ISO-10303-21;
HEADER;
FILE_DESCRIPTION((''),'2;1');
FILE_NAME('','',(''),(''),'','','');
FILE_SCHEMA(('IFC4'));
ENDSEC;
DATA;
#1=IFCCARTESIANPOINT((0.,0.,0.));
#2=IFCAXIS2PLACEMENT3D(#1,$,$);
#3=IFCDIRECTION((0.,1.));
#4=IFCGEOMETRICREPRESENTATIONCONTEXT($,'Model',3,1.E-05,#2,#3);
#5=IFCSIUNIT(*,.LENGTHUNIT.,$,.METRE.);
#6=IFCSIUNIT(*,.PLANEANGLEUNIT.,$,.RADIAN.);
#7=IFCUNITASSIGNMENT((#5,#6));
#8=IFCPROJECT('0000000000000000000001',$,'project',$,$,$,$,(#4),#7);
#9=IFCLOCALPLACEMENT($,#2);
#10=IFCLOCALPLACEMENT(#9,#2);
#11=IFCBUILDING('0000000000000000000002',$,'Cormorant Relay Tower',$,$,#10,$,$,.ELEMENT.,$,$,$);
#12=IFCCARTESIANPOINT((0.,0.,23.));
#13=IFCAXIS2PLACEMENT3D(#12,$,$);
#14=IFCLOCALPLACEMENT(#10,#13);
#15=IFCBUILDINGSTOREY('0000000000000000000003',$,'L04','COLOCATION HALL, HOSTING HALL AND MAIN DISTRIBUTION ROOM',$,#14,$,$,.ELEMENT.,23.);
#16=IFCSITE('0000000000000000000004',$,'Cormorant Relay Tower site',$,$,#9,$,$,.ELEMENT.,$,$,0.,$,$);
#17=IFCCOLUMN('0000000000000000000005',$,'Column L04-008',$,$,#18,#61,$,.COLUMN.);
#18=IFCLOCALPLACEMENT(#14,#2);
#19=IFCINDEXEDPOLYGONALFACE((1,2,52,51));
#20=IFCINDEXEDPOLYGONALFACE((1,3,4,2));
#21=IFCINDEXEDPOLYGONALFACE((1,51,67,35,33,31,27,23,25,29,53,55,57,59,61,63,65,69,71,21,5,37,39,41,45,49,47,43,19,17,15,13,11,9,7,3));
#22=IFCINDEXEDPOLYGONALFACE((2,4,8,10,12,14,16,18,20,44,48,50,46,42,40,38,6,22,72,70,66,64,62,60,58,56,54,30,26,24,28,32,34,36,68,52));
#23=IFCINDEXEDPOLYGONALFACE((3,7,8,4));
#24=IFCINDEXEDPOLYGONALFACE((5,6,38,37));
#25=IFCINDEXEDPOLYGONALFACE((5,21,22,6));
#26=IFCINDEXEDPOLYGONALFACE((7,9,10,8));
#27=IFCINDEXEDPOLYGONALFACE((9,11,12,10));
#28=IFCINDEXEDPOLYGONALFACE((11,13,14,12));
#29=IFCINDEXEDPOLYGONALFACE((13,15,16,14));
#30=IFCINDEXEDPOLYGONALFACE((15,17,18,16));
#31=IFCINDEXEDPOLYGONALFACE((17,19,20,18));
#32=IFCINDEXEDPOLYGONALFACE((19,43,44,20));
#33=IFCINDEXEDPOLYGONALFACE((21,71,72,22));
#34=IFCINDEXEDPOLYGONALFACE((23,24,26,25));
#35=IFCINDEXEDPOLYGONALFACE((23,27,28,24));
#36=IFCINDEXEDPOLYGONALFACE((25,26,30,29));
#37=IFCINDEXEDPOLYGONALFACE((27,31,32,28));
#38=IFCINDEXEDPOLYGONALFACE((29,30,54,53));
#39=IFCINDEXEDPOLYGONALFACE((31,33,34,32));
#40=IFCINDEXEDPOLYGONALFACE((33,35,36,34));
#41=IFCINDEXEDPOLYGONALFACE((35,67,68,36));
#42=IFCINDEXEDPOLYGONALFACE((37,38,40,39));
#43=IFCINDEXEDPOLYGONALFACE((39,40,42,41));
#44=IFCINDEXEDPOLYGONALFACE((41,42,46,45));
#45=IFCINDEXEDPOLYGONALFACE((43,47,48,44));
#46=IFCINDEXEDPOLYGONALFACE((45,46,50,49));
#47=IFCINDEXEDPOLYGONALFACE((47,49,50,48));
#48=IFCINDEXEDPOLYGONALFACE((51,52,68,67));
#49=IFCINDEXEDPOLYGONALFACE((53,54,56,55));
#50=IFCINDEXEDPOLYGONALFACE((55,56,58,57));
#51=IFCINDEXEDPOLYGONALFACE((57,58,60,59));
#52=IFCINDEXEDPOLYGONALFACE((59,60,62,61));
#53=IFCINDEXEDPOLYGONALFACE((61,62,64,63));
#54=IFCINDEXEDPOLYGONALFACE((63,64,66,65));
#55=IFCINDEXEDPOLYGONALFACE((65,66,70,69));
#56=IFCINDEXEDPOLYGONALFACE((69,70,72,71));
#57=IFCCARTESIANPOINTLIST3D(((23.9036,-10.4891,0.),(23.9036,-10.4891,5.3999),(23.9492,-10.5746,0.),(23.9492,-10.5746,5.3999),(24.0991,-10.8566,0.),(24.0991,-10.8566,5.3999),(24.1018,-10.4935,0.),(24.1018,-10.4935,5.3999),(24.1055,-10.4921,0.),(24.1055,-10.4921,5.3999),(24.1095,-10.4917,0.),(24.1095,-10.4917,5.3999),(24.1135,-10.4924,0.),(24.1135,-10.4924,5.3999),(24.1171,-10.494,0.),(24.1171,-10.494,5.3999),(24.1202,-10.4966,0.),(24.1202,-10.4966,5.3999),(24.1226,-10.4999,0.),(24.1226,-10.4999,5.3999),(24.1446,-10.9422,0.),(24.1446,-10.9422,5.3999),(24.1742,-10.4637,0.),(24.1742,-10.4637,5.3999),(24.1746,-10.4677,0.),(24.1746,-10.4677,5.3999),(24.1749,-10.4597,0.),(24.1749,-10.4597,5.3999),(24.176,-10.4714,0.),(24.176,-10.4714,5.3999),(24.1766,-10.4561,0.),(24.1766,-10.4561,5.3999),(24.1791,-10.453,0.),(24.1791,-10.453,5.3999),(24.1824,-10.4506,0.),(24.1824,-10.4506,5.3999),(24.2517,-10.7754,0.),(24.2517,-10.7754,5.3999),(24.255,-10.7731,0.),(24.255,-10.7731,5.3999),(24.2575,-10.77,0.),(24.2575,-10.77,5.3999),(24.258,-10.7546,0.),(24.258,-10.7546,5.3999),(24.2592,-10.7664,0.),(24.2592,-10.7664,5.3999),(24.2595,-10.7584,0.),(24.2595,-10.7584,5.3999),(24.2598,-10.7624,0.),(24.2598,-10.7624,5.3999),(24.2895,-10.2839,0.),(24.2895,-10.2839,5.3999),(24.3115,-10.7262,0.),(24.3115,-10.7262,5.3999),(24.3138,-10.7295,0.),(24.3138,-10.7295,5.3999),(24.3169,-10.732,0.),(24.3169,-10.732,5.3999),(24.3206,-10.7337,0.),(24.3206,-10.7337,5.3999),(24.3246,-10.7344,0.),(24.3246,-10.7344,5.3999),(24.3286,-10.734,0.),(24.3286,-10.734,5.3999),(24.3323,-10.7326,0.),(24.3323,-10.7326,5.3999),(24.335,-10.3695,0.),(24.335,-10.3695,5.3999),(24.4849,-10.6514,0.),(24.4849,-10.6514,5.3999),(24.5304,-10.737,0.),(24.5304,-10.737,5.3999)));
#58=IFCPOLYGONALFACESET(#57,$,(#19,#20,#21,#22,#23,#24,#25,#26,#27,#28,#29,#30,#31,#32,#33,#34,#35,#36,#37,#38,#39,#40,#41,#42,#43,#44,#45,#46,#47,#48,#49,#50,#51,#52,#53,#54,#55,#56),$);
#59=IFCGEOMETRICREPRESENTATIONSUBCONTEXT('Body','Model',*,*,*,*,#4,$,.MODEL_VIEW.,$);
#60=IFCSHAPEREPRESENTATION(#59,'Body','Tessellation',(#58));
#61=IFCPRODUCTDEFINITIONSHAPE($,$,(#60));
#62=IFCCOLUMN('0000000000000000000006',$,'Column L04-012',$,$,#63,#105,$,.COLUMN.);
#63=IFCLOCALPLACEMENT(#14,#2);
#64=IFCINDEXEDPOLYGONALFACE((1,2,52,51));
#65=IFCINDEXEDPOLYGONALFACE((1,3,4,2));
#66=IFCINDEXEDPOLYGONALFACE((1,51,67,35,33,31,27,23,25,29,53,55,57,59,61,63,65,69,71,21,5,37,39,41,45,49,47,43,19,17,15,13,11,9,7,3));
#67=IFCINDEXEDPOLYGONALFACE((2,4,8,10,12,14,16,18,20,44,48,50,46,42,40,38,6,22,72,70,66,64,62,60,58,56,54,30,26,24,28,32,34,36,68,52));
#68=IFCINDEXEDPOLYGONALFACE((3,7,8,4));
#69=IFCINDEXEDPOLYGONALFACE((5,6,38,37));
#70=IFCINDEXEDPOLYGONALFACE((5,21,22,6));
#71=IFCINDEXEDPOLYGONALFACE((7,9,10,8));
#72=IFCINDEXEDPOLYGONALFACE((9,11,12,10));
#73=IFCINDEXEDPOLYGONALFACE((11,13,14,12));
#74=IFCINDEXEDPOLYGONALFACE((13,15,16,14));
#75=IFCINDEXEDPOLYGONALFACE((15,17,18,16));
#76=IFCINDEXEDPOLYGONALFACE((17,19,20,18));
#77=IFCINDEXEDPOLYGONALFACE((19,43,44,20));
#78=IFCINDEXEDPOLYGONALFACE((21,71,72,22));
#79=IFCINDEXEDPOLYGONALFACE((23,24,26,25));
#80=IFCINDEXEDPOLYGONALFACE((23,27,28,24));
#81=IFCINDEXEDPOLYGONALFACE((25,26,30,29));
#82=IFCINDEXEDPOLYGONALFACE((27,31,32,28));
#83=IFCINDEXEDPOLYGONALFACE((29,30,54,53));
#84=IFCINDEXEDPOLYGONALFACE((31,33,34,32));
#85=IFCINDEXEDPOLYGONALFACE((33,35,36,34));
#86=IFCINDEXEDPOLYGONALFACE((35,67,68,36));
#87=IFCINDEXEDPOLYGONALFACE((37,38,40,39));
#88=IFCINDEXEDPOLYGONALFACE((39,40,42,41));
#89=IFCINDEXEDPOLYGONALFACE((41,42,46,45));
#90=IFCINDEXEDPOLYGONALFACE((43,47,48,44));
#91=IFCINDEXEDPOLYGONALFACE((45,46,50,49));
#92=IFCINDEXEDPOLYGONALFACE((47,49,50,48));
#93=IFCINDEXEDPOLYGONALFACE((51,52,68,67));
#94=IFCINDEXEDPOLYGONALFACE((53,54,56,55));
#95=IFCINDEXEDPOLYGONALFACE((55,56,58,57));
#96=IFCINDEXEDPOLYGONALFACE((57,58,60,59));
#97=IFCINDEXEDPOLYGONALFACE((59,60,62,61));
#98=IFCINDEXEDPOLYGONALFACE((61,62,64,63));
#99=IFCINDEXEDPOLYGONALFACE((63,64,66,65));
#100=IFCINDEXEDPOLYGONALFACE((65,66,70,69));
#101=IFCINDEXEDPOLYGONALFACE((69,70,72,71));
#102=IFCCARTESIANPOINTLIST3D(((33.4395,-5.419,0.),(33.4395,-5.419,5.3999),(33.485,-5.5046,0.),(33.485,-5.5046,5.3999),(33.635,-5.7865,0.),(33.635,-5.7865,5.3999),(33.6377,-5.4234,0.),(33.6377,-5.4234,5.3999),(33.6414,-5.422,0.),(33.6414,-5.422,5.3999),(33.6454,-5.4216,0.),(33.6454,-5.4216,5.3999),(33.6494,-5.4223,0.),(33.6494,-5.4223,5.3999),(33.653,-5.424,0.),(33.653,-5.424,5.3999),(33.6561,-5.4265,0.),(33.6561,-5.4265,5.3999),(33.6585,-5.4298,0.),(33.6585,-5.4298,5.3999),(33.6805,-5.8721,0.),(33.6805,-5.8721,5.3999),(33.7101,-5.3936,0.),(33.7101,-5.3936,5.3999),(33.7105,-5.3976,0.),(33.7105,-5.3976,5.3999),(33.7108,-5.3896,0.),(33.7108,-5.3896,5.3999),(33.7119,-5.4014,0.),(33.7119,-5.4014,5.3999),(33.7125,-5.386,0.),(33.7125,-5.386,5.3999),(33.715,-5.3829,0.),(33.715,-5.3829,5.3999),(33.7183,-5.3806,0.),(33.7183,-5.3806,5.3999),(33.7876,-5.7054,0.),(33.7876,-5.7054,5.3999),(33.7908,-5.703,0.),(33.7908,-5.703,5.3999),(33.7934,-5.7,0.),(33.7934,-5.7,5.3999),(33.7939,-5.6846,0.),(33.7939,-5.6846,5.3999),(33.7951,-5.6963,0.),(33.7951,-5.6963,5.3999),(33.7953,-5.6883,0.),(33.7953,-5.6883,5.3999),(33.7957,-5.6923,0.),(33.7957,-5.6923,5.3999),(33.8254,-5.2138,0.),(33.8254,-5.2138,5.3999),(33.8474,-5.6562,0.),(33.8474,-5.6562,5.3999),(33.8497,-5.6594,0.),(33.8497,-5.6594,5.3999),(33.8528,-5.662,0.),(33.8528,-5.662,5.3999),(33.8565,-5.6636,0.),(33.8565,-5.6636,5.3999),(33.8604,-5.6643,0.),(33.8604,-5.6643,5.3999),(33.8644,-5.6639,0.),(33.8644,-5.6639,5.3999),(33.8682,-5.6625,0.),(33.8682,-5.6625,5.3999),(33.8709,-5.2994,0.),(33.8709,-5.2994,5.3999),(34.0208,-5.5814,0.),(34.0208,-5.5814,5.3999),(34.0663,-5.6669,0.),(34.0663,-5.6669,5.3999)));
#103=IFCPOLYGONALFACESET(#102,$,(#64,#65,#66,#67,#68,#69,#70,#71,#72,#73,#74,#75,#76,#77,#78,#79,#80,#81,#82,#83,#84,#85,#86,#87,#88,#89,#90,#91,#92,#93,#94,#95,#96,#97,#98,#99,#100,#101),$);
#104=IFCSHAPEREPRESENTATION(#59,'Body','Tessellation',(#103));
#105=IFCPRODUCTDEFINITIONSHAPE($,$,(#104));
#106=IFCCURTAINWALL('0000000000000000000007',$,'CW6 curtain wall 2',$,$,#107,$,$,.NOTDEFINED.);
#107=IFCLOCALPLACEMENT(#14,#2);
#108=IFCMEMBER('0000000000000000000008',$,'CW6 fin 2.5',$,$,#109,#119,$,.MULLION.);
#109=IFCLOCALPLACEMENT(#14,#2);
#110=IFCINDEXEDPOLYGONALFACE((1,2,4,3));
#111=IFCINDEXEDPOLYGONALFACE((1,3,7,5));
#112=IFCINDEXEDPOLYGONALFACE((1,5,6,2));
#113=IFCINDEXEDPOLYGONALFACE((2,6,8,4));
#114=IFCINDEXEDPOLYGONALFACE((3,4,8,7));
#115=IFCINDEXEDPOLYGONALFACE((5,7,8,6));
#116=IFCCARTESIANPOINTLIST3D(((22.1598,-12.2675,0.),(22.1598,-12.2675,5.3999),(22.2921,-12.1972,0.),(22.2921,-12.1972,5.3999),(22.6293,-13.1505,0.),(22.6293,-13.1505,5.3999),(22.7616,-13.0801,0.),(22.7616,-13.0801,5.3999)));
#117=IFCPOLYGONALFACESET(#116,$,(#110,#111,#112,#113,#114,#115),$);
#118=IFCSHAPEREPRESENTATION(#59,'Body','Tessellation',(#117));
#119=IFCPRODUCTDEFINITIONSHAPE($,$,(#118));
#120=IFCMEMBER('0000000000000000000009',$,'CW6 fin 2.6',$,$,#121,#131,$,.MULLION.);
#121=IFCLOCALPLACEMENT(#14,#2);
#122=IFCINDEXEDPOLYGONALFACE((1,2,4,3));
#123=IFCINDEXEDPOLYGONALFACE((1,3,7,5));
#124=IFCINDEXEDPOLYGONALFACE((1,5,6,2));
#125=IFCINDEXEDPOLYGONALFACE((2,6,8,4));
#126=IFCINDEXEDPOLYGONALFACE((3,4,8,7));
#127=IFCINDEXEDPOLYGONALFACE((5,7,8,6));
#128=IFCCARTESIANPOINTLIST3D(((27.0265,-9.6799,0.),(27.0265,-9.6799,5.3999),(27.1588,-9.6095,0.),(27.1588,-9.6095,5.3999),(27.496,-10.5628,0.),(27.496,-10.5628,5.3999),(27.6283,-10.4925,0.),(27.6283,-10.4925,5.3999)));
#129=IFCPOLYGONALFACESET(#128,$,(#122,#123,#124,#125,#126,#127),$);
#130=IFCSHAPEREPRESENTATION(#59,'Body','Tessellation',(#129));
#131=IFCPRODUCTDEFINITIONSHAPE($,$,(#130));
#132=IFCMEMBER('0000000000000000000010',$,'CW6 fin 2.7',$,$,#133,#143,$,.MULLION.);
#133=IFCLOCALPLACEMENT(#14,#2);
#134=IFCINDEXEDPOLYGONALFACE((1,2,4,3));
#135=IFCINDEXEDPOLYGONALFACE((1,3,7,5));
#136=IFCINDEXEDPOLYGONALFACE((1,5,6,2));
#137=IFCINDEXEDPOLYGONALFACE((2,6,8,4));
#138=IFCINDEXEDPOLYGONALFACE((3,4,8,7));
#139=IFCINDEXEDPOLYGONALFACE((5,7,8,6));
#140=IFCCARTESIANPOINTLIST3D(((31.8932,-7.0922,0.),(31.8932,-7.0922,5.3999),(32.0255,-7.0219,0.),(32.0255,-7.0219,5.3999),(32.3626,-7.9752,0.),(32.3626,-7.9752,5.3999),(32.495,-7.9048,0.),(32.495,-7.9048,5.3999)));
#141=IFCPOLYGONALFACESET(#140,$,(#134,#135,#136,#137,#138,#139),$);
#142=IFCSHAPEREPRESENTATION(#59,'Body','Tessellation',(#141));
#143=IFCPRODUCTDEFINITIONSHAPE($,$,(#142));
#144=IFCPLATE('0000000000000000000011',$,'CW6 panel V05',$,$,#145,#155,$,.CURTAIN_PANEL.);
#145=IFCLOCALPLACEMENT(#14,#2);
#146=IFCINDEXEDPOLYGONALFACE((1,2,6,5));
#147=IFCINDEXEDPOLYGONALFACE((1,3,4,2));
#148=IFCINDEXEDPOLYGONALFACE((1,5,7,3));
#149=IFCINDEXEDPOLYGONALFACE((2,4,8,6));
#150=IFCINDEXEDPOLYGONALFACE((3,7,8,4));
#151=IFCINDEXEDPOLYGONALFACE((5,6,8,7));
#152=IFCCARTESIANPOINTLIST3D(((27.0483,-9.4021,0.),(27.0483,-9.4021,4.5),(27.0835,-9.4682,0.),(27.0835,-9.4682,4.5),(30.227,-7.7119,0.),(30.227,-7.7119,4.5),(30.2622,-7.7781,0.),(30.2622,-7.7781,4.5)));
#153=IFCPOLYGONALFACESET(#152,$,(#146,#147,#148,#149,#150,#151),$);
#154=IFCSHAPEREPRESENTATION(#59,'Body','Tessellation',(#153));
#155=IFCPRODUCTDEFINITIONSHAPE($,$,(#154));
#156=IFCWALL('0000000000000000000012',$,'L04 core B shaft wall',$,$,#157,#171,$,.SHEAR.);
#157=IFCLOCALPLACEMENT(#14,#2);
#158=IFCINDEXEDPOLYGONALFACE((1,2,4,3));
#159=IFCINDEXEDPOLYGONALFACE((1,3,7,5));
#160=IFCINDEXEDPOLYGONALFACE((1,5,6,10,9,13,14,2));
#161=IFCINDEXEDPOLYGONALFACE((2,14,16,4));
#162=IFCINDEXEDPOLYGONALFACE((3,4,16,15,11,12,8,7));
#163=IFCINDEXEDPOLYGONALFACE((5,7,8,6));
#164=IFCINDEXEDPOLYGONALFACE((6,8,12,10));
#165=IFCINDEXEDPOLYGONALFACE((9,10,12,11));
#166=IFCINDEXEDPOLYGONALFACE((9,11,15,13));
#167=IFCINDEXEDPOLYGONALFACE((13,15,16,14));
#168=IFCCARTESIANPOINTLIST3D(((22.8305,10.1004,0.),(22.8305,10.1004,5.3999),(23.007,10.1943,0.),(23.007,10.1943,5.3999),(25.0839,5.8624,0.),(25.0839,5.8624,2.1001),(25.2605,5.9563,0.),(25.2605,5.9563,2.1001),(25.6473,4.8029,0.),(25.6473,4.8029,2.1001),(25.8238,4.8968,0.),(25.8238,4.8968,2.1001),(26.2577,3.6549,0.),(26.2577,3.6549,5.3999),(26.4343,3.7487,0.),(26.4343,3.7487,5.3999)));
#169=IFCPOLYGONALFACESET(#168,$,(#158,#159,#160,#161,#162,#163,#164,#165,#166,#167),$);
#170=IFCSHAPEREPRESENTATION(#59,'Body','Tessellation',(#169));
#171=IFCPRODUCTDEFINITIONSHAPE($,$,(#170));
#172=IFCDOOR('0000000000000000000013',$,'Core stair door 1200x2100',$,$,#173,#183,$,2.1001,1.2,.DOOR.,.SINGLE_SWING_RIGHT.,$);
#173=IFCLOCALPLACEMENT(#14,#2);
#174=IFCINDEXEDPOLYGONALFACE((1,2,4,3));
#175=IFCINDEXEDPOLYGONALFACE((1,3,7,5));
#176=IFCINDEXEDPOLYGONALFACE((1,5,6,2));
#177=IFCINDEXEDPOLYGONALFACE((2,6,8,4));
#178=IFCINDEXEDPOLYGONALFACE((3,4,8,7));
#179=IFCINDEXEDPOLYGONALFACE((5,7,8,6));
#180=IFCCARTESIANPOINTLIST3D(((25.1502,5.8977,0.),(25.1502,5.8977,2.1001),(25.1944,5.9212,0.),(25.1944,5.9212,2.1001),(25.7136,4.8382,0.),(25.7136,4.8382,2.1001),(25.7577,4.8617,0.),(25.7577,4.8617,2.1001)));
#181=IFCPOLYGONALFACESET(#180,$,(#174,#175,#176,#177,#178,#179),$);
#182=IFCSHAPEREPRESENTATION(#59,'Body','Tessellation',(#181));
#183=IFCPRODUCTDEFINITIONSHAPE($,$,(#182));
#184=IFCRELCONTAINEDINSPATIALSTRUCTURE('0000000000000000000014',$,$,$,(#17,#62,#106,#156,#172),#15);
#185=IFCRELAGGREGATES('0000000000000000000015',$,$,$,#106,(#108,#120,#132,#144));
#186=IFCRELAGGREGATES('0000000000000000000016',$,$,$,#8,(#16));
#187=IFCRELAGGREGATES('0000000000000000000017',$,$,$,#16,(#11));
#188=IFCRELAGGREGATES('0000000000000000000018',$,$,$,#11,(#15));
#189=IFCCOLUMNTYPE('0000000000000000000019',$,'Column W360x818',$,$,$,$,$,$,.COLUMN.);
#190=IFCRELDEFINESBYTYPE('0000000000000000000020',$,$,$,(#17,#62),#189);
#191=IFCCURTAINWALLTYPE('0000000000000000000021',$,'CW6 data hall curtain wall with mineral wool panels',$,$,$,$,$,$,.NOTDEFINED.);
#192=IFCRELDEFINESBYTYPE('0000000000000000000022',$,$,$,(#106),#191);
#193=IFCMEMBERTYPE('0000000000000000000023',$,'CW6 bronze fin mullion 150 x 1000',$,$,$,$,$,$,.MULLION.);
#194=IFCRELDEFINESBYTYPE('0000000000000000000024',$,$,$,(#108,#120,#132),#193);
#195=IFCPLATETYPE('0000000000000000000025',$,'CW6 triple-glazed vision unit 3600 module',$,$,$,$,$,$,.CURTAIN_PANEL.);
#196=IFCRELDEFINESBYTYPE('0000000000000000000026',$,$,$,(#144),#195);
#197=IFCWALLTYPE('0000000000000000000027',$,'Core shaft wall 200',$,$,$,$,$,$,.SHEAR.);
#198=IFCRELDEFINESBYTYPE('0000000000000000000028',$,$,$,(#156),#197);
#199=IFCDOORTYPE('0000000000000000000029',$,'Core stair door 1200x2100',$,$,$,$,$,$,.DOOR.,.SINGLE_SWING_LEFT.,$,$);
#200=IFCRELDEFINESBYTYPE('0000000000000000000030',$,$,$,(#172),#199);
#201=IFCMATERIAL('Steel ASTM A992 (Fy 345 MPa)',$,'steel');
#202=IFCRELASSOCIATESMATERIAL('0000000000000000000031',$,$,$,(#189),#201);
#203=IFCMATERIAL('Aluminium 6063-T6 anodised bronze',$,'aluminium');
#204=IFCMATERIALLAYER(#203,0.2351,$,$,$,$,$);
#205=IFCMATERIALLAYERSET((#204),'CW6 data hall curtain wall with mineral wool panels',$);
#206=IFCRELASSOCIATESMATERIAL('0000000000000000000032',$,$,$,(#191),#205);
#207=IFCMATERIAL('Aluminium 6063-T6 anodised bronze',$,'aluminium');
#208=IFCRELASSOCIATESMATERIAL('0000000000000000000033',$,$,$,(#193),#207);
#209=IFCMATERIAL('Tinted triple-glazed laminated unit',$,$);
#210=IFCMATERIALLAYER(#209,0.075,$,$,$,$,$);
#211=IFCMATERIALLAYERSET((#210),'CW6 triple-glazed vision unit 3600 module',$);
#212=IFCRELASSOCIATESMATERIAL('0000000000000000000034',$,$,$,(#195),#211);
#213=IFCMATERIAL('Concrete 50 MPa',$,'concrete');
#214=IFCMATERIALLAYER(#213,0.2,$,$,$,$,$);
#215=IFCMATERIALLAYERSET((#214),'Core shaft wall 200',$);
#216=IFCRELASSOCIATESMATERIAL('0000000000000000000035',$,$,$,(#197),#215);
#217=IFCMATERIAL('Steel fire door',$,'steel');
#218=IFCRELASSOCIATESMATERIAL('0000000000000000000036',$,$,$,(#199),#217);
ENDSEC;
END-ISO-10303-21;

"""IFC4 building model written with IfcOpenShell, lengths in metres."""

from ifc_helpers import new_model, si_unit, direction, frame, frame_2d, origin, origin_2d, place, context, subcontext, project, spatial, rectangle, i_section, extrude, material, layer, layer_set, material_profile, profile_set, type_object, element, fill, aggregate, save


model = new_model("IFC4")

# Units and contexts
model_context = context("Model", 3, precision=1e-05, world=origin(), true_north=direction((0.0, 1.0)))
body_context = subcontext(model_context, "Body", "Model", "MODEL_VIEW")
ifc_project = project(units=[si_unit("LENGTHUNIT", "METRE"), si_unit("PLANEANGLEUNIT", "RADIAN")], contexts=[model_context])

# Site, building, storey
site_placement = place(None, origin())
site = spatial("IfcSite", under=ifc_project, at=site_placement, Name="Cormorant Relay Tower site", CompositionType="ELEMENT", RefElevation=0.0)
building_placement = place(site_placement, origin())
building = spatial("IfcBuilding", under=site, at=building_placement, Name="Cormorant Relay Tower", CompositionType="ELEMENT")
storey_placement = place(building_placement, frame((0.0, 0.0, 23.0)))
storey = spatial("IfcBuildingStorey", under=building, at=storey_placement, Name="L04", Description="COLOCATION HALL, HOSTING HALL AND MAIN DISTRIBUTION ROOM", CompositionType="ELEMENT", Elevation=23.0)

# Columns
ifc_material_1 = material(Name="Steel ASTM A992 (Fy 345 MPa)", Category="steel")
ifc_material_profile_1 = material_profile(ifc_material_1, i_section(OverallWidth=0.437, OverallDepth=0.5132, WebThickness=0.0605, FlangeThickness=0.0969, FilletRadius=0.0154, at=origin_2d()), Name="W360x818")
ifc_profile_set_1 = profile_set([ifc_material_profile_1], Name="Steel ASTM A992 (Fy 345 MPa)")
column_type = type_object("IfcColumnType", Name="Column W360x818", PredefinedType="COLUMN", material=ifc_profile_set_1)
for number, where, z_axis, x_axis, name in (
    (1, (24.217, -10.613, 0.0), (0.0, 0.0, 1.0), (0.882948, 0.469472, 0.0), "Column L04-008"),
    (2, (33.7529, -5.543, 0.0), (0.0, 0.0, 1.0), (0.882948, 0.469472, 0.0), "Column L04-012"),
):
    element("IfcColumn", number, at=place(storey_placement, frame(where, z_axis=z_axis, x_axis=x_axis)), inside=storey, type_object=column_type, Name=name, PredefinedType="COLUMN", context=body_context, shape_type="SweptSolid", body=[
        extrude(i_section(OverallWidth=0.437, OverallDepth=0.5132, WebThickness=0.0605, FlangeThickness=0.0969, FilletRadius=0.0154, at=origin_2d()), origin(), (0.0, 0.0, 1.0), 5.3999),
    ])

# Curtain wall, members, plate
ifc_material_2 = material(Name="Aluminium 6063-T6 anodised bronze", Category="aluminium")
ifc_layer_1 = layer(ifc_material_2, 0.2351)
ifc_layer_set_1 = layer_set([ifc_layer_1], Name="CW6 data hall curtain wall with mineral wool panels")
curtain_wall_type = type_object("IfcCurtainWallType", Name="CW6 data hall curtain wall with mineral wool panels", PredefinedType="NOTDEFINED", material=ifc_layer_set_1)
curtain_wall_placement = place(storey_placement, origin())
curtain_wall = element("IfcCurtainWall", 3, at=curtain_wall_placement, inside=storey, type_object=curtain_wall_type, Name="CW6 curtain wall 2", PredefinedType="NOTDEFINED")
ifc_material_3 = material(Name="Aluminium 6063-T6 anodised bronze", Category="aluminium")
ifc_material_profile_2 = material_profile(ifc_material_3, rectangle(XDim=0.1499, YDim=1.0, at=origin_2d()), Name="AL 150x1000")
ifc_profile_set_2 = profile_set([ifc_material_profile_2], Name="Aluminium 6063-T6 anodised bronze")
member_type = type_object("IfcMemberType", Name="CW6 bronze fin mullion 150 x 1000", PredefinedType="MULLION", material=ifc_profile_set_2)
member_1_placement = place(storey_placement, frame((22.4607, -12.6738, 0.0), z_axis=(0.0, 0.0, 1.0), x_axis=(0.882948, 0.469472, 0.0)))
member_1 = element("IfcMember", 4, at=member_1_placement, type_object=member_type, Name="CW6 fin 2.5", PredefinedType="MULLION", context=body_context, shape_type="SweptSolid", body=[
    extrude(rectangle(XDim=0.1499, YDim=1.0, at=origin_2d()), origin(), (0.0, 0.0, 1.0), 5.3999),
])
member_2_placement = place(storey_placement, frame((27.3274, -10.0862, 0.0), z_axis=(0.0, 0.0, 1.0), x_axis=(0.882948, 0.469472, 0.0)))
member_2 = element("IfcMember", 5, at=member_2_placement, type_object=member_type, Name="CW6 fin 2.6", PredefinedType="MULLION", context=body_context, shape_type="SweptSolid", body=[
    extrude(rectangle(XDim=0.1499, YDim=1.0, at=origin_2d()), origin(), (0.0, 0.0, 1.0), 5.3999),
])
member_3_placement = place(storey_placement, frame((32.1941, -7.4985, 0.0), z_axis=(0.0, 0.0, 1.0), x_axis=(0.882948, 0.469472, 0.0)))
member_3 = element("IfcMember", 6, at=member_3_placement, type_object=member_type, Name="CW6 fin 2.7", PredefinedType="MULLION", context=body_context, shape_type="SweptSolid", body=[
    extrude(rectangle(XDim=0.1499, YDim=1.0, at=origin_2d()), origin(), (0.0, 0.0, 1.0), 5.3999),
])
ifc_material_4 = material(Name="Tinted triple-glazed laminated unit")
ifc_layer_2 = layer(ifc_material_4, 0.075)
ifc_layer_set_2 = layer_set([ifc_layer_2], Name="CW6 triple-glazed vision unit 3600 module")
plate_type = type_object("IfcPlateType", Name="CW6 triple-glazed vision unit 3600 module", PredefinedType="CURTAIN_PANEL", material=ifc_layer_set_2)
plate_placement = place(storey_placement, frame((28.6553, -8.5901, 0.0), z_axis=(0.0, 0.0, 1.0), x_axis=(0.882948, 0.469472, 0.0)))
plate = element("IfcPlate", 7, at=plate_placement, type_object=plate_type, Name="CW6 panel V05", PredefinedType="CURTAIN_PANEL", context=body_context, shape_type="SweptSolid", body=[
    extrude(rectangle(XDim=3.6001, YDim=0.075, at=origin_2d()), origin(), (0.0, 0.0, 1.0), 4.5),
])

# Wall, opening, door
ifc_material_5 = material(Name="Concrete 50 MPa", Category="concrete")
ifc_layer_3 = layer(ifc_material_5, 0.2)
ifc_layer_set_3 = layer_set([ifc_layer_3], Name="Core shaft wall 200")
wall_type_1 = type_object("IfcWallType", Name="Core shaft wall 200", PredefinedType="SHEAR", material=ifc_layer_set_3)
wall_1_placement = place(storey_placement, frame((26.3459, 3.7019, 0.0), z_axis=(0.0, 0.0, 1.0), x_axis=(-0.46948, 0.882943, 0.0)))
wall_1 = element("IfcWall", 8, at=wall_1_placement, inside=storey, type_object=wall_type_1, Name="L04 core B shaft wall", PredefinedType="SHEAR", context=body_context, shape_type="SweptSolid", body=[
    extrude(rectangle(XDim=7.3, YDim=0.2, at=frame_2d((3.6499, 0.0))), origin(), (0.0, 0.0, 1.0), 5.3999),
])
opening_placement = place(wall_1_placement, frame((1.3, 0.0, 0.0)))
opening = element("IfcOpeningElement", 9, at=opening_placement, cuts=wall_1, PredefinedType="OPENING", context=body_context, shape_type="SweptSolid", body=[
    extrude(rectangle(XDim=1.2, YDim=2.1001, at=frame_2d((0.6001, 1.05))), frame((0.0, 0.1099, 0.0), z_axis=(0.0, -1.0, 0.0), x_axis=(1.0, 0.0, 0.0)), (0.0, 0.0, 1.0), 0.22),
])
ifc_material_6 = material(Name="Steel fire door", Category="steel")
door_type = type_object("IfcDoorType", Name="Core stair door 1200x2100", OperationType="SINGLE_SWING_LEFT", PredefinedType="DOOR", material=ifc_material_6)
door_placement = place(opening_placement, origin())
door = element("IfcDoor", 10, at=door_placement, inside=storey, type_object=door_type, Name="Core stair door 1200x2100", OperationType="SINGLE_SWING_RIGHT", OverallHeight=2.1001, OverallWidth=1.2, PredefinedType="DOOR", context=body_context, shape_type="SweptSolid", body=[
    extrude(rectangle(XDim=1.2, YDim=2.1001, at=frame_2d((0.6001, 1.05))), frame((0.0, 0.0249, 0.0), z_axis=(0.0, -1.0, 0.0), x_axis=(1.0, 0.0, 0.0)), (0.0, 0.0, 1.0), 0.05),
])
fill(opening, door)

aggregate(curtain_wall, [member_1, member_2, member_3, plate])

save(model, "model.ifc")
